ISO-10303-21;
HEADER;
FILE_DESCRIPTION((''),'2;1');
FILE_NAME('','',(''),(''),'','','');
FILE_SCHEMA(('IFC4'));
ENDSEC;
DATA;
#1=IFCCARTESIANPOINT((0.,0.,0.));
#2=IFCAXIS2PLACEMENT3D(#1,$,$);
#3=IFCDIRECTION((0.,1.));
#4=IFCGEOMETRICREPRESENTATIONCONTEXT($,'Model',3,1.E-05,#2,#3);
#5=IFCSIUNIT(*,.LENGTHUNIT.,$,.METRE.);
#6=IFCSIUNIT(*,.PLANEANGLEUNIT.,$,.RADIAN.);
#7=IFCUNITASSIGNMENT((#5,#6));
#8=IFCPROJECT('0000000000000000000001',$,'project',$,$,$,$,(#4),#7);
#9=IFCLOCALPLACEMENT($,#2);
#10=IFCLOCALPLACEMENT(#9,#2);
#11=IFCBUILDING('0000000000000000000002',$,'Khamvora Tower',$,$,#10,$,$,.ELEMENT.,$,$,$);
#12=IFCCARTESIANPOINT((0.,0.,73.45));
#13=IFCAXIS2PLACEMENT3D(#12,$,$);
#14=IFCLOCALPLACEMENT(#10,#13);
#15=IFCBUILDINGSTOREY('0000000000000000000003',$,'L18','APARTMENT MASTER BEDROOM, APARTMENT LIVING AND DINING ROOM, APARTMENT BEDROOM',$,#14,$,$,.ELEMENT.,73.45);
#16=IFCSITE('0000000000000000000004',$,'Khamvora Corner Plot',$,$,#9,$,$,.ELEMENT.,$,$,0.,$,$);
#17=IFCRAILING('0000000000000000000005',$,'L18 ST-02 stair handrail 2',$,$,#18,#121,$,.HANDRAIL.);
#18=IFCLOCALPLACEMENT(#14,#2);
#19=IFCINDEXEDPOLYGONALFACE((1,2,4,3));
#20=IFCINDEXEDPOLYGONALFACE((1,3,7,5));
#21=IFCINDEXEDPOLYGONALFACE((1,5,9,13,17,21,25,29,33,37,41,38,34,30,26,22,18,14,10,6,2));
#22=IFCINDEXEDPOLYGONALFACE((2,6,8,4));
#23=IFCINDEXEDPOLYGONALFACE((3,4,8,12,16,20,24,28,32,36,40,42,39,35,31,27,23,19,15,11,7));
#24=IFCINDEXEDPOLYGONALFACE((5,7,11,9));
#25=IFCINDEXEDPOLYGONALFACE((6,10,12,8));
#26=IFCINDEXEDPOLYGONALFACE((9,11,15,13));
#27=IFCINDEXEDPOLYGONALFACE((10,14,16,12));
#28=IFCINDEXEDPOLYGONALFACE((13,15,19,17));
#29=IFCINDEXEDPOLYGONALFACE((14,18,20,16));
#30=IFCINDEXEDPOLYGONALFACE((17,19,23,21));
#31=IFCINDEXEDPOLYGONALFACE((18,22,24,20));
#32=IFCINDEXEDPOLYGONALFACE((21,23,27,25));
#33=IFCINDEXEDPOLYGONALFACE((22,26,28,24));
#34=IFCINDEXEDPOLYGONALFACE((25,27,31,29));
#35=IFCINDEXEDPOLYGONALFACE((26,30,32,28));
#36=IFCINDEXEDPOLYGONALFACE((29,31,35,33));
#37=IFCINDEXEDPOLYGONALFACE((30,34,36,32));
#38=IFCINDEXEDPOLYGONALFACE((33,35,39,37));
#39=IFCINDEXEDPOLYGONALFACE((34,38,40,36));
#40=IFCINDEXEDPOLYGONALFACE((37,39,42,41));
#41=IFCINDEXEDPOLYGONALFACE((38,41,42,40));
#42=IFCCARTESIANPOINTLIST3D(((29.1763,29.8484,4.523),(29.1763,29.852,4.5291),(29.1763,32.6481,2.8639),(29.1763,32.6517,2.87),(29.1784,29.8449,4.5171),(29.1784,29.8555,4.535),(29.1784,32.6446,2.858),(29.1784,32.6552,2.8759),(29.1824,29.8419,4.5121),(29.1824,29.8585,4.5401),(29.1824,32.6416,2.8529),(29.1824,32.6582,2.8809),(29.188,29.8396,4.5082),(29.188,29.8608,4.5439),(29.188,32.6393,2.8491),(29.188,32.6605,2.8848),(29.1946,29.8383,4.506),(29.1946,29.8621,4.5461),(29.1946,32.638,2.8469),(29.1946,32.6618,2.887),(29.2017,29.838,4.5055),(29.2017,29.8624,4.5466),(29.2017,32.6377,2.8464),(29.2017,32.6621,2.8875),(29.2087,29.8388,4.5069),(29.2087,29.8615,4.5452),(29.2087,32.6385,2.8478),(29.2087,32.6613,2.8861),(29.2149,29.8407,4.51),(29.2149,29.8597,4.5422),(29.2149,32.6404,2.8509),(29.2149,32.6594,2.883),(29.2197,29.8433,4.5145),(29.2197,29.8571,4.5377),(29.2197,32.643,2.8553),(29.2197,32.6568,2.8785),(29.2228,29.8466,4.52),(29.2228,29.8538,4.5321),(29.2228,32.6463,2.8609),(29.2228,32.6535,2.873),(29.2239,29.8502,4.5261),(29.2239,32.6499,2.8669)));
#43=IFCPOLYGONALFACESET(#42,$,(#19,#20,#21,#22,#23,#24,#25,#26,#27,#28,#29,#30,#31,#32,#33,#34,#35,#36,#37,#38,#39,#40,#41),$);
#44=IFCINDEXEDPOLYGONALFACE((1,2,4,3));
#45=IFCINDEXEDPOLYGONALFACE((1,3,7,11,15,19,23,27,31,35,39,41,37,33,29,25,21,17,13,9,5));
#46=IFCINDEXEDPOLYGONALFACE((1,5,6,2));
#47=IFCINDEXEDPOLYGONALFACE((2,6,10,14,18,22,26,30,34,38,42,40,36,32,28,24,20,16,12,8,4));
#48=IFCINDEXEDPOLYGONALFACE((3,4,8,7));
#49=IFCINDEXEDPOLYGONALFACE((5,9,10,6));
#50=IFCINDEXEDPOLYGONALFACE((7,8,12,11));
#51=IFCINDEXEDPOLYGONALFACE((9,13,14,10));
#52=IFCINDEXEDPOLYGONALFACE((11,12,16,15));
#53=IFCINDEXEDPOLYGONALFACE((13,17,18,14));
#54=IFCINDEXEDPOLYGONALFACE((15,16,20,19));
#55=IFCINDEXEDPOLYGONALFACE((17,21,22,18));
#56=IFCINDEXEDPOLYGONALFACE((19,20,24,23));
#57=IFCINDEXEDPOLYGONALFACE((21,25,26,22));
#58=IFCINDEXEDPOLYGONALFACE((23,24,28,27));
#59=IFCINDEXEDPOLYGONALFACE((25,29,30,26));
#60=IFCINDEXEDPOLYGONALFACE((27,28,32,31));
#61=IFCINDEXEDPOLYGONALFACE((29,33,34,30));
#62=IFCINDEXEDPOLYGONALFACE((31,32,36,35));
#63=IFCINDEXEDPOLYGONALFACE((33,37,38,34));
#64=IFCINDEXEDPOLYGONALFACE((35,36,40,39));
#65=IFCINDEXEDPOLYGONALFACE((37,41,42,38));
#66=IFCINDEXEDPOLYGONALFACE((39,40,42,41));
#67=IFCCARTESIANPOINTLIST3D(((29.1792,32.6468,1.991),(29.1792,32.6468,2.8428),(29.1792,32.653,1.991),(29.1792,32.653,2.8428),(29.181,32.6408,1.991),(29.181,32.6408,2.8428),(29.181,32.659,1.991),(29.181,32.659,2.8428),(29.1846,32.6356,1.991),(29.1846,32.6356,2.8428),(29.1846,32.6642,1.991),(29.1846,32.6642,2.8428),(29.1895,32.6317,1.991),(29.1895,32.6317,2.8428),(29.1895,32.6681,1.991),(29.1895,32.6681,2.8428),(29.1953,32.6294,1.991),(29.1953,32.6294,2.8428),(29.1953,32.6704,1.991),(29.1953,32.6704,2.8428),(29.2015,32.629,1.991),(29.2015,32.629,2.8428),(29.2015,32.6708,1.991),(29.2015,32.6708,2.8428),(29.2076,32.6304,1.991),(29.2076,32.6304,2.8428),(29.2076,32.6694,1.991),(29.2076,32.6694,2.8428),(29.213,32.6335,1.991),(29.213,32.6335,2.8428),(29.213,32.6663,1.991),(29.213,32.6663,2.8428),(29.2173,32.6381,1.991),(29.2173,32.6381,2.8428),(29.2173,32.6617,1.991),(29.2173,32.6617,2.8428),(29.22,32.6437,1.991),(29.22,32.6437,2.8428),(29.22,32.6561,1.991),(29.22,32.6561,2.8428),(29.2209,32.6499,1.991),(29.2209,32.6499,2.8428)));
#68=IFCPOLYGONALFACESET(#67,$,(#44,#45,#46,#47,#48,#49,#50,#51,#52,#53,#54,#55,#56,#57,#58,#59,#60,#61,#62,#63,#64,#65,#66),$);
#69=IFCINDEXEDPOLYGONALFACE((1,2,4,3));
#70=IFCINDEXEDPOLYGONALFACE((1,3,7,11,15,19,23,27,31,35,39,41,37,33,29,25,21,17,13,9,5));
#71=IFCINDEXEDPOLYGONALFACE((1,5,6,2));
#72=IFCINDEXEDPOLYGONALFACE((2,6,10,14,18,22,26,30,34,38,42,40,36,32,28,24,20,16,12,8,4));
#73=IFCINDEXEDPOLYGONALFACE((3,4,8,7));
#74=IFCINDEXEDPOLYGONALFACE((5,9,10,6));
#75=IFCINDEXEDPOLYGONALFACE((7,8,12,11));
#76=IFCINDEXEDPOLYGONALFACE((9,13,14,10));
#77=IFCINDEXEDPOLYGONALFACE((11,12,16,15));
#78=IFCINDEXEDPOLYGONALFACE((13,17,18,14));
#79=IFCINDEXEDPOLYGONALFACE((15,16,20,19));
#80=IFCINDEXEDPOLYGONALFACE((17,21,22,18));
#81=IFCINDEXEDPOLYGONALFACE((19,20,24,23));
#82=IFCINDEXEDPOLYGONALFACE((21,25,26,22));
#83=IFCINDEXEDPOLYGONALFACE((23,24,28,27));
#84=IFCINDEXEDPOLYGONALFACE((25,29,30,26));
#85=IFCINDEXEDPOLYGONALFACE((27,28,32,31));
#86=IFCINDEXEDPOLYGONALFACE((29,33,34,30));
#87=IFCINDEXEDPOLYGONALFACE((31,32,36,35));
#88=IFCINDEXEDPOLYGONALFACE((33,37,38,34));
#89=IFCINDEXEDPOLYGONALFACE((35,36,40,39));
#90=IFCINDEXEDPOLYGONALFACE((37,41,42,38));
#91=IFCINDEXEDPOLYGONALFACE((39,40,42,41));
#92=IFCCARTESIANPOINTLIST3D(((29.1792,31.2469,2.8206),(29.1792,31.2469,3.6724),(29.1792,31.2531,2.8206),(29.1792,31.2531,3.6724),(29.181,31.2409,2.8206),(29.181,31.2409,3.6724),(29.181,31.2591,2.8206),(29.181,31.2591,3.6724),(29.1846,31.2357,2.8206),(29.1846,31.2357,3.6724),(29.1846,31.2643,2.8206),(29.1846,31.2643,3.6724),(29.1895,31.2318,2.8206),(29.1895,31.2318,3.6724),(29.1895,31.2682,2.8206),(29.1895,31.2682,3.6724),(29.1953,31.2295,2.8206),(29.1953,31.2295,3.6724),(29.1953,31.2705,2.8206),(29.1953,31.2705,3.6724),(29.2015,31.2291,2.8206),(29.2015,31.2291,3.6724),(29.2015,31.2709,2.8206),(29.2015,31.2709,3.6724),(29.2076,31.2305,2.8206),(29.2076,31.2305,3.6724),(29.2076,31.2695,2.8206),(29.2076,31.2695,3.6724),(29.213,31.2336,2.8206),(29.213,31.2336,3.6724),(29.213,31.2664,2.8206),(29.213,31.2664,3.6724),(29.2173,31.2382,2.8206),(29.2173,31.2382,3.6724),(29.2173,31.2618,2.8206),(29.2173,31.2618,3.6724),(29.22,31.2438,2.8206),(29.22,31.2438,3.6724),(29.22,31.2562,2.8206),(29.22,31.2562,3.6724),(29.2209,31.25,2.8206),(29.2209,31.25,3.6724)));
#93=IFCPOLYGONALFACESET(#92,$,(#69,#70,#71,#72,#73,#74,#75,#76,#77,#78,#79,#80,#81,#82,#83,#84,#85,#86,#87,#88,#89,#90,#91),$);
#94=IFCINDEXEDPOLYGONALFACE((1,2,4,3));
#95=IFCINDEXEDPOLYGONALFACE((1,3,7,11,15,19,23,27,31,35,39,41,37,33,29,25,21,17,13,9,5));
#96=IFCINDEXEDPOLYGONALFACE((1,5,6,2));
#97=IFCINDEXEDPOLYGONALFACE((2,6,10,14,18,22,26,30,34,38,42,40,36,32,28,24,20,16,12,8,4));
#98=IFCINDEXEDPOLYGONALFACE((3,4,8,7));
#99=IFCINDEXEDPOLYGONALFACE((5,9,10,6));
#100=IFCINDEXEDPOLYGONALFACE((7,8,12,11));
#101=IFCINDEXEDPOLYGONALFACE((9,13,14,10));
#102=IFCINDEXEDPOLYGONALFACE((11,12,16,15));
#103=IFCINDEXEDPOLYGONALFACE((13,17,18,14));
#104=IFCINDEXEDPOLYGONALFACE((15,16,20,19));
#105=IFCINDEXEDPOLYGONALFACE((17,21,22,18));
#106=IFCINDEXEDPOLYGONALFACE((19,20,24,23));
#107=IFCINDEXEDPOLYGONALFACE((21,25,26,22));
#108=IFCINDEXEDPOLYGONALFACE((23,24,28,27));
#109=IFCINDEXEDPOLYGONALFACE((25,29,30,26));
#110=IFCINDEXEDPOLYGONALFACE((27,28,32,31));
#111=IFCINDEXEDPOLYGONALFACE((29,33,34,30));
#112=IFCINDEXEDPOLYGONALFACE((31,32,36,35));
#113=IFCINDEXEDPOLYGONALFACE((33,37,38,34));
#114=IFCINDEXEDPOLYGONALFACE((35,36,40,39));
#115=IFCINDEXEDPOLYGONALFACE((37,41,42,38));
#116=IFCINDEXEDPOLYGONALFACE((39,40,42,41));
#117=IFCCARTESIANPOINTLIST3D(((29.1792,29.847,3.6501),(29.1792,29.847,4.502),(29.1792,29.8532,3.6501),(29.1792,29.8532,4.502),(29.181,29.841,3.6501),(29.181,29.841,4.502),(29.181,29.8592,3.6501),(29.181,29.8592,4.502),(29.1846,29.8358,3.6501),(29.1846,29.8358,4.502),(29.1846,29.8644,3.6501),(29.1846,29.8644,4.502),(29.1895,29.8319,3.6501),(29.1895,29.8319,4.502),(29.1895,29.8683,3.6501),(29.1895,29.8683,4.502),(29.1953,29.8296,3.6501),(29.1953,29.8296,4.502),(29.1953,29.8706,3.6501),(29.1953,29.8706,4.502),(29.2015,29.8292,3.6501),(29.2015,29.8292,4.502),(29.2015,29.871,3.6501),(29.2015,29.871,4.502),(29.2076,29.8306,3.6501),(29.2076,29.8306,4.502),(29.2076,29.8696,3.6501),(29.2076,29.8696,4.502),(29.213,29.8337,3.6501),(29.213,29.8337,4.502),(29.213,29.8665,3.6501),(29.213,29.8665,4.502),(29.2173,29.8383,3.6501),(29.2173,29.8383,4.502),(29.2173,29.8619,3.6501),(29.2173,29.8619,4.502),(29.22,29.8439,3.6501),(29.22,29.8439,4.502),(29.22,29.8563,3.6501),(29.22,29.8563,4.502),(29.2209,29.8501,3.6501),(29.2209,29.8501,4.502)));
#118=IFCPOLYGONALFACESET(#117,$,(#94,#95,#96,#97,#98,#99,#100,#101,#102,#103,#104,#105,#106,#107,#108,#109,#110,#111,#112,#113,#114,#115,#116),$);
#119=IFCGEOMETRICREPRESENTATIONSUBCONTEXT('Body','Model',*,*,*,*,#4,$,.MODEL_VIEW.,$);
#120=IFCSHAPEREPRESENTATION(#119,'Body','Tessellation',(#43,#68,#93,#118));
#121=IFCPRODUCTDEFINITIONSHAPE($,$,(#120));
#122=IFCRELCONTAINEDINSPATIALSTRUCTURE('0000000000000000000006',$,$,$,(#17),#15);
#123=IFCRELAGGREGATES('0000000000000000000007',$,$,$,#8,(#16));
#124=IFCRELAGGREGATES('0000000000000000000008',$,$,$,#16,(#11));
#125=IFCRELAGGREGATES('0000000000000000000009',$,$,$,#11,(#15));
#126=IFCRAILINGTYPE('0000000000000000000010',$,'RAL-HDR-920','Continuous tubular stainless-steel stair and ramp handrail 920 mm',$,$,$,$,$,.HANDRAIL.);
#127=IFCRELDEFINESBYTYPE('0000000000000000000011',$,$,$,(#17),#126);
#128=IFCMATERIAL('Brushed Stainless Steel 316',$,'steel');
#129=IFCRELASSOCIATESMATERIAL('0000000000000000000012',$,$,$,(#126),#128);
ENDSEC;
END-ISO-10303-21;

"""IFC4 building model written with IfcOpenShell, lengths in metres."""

from ifc_helpers import new_model, si_unit, direction, frame, origin, origin_2d, place, context, subcontext, project, spatial, circle, extrude, material, type_object, element, save


model = new_model("IFC4")

# Units and contexts
model_context = context("Model", 3, precision=1e-05, world=origin(), true_north=direction((0.0, 1.0)))
body_context = subcontext(model_context, "Body", "Model", "MODEL_VIEW")
ifc_project = project(units=[si_unit("LENGTHUNIT", "METRE"), si_unit("PLANEANGLEUNIT", "RADIAN")], contexts=[model_context])

# Site, building, storey
site_placement = place(None, origin())
site = spatial("IfcSite", under=ifc_project, at=site_placement, Name="Khamvora Corner Plot", CompositionType="ELEMENT", RefElevation=0.0)
building_placement = place(site_placement, origin())
building = spatial("IfcBuilding", under=site, at=building_placement, Name="Khamvora Tower", CompositionType="ELEMENT")
storey_placement = place(building_placement, frame((0.0, 0.0, 73.45)))
storey = spatial("IfcBuildingStorey", under=building, at=storey_placement, Name="L18", Description="APARTMENT MASTER BEDROOM, APARTMENT LIVING AND DINING ROOM, APARTMENT BEDROOM", CompositionType="ELEMENT", Elevation=73.45)

# Railing
ifc_material_1 = material(Name="Brushed Stainless Steel 316", Category="steel")
railing_type_1 = type_object("IfcRailingType", Name="RAL-HDR-920", Description="Continuous tubular stainless-steel stair and ramp handrail 920 mm", PredefinedType="HANDRAIL", material=ifc_material_1)
railing_1_placement = place(storey_placement, frame((29.2, 32.6499, 1.991)))
element("IfcRailing", 1, at=railing_1_placement, inside=storey, type_object=railing_type_1, Name="L18 ST-02 stair handrail 2", PredefinedType="HANDRAIL", context=body_context, shape_type="SweptSolid", body=[
    extrude(circle(Radius=0.0239, at=origin_2d()), frame((0.0, 0.0, 0.876), z_axis=(0.0, -0.860287, 0.509811), x_axis=(1.0, 0.0, 0.0)), (0.0, 0.0, 1.0), 3.2544),
    extrude(circle(Radius=0.021, at=origin_2d()), origin(), (0.0, 0.0, 1.0), 0.8518),
    extrude(circle(Radius=0.021, at=origin_2d()), frame((0.0, -1.3999, 0.8296)), (0.0, 0.0, 1.0), 0.8518),
    extrude(circle(Radius=0.021, at=origin_2d()), frame((0.0, -2.7998, 1.6592)), (0.0, 0.0, 1.0), 0.8518),
])

save(model, "model.ifc")
